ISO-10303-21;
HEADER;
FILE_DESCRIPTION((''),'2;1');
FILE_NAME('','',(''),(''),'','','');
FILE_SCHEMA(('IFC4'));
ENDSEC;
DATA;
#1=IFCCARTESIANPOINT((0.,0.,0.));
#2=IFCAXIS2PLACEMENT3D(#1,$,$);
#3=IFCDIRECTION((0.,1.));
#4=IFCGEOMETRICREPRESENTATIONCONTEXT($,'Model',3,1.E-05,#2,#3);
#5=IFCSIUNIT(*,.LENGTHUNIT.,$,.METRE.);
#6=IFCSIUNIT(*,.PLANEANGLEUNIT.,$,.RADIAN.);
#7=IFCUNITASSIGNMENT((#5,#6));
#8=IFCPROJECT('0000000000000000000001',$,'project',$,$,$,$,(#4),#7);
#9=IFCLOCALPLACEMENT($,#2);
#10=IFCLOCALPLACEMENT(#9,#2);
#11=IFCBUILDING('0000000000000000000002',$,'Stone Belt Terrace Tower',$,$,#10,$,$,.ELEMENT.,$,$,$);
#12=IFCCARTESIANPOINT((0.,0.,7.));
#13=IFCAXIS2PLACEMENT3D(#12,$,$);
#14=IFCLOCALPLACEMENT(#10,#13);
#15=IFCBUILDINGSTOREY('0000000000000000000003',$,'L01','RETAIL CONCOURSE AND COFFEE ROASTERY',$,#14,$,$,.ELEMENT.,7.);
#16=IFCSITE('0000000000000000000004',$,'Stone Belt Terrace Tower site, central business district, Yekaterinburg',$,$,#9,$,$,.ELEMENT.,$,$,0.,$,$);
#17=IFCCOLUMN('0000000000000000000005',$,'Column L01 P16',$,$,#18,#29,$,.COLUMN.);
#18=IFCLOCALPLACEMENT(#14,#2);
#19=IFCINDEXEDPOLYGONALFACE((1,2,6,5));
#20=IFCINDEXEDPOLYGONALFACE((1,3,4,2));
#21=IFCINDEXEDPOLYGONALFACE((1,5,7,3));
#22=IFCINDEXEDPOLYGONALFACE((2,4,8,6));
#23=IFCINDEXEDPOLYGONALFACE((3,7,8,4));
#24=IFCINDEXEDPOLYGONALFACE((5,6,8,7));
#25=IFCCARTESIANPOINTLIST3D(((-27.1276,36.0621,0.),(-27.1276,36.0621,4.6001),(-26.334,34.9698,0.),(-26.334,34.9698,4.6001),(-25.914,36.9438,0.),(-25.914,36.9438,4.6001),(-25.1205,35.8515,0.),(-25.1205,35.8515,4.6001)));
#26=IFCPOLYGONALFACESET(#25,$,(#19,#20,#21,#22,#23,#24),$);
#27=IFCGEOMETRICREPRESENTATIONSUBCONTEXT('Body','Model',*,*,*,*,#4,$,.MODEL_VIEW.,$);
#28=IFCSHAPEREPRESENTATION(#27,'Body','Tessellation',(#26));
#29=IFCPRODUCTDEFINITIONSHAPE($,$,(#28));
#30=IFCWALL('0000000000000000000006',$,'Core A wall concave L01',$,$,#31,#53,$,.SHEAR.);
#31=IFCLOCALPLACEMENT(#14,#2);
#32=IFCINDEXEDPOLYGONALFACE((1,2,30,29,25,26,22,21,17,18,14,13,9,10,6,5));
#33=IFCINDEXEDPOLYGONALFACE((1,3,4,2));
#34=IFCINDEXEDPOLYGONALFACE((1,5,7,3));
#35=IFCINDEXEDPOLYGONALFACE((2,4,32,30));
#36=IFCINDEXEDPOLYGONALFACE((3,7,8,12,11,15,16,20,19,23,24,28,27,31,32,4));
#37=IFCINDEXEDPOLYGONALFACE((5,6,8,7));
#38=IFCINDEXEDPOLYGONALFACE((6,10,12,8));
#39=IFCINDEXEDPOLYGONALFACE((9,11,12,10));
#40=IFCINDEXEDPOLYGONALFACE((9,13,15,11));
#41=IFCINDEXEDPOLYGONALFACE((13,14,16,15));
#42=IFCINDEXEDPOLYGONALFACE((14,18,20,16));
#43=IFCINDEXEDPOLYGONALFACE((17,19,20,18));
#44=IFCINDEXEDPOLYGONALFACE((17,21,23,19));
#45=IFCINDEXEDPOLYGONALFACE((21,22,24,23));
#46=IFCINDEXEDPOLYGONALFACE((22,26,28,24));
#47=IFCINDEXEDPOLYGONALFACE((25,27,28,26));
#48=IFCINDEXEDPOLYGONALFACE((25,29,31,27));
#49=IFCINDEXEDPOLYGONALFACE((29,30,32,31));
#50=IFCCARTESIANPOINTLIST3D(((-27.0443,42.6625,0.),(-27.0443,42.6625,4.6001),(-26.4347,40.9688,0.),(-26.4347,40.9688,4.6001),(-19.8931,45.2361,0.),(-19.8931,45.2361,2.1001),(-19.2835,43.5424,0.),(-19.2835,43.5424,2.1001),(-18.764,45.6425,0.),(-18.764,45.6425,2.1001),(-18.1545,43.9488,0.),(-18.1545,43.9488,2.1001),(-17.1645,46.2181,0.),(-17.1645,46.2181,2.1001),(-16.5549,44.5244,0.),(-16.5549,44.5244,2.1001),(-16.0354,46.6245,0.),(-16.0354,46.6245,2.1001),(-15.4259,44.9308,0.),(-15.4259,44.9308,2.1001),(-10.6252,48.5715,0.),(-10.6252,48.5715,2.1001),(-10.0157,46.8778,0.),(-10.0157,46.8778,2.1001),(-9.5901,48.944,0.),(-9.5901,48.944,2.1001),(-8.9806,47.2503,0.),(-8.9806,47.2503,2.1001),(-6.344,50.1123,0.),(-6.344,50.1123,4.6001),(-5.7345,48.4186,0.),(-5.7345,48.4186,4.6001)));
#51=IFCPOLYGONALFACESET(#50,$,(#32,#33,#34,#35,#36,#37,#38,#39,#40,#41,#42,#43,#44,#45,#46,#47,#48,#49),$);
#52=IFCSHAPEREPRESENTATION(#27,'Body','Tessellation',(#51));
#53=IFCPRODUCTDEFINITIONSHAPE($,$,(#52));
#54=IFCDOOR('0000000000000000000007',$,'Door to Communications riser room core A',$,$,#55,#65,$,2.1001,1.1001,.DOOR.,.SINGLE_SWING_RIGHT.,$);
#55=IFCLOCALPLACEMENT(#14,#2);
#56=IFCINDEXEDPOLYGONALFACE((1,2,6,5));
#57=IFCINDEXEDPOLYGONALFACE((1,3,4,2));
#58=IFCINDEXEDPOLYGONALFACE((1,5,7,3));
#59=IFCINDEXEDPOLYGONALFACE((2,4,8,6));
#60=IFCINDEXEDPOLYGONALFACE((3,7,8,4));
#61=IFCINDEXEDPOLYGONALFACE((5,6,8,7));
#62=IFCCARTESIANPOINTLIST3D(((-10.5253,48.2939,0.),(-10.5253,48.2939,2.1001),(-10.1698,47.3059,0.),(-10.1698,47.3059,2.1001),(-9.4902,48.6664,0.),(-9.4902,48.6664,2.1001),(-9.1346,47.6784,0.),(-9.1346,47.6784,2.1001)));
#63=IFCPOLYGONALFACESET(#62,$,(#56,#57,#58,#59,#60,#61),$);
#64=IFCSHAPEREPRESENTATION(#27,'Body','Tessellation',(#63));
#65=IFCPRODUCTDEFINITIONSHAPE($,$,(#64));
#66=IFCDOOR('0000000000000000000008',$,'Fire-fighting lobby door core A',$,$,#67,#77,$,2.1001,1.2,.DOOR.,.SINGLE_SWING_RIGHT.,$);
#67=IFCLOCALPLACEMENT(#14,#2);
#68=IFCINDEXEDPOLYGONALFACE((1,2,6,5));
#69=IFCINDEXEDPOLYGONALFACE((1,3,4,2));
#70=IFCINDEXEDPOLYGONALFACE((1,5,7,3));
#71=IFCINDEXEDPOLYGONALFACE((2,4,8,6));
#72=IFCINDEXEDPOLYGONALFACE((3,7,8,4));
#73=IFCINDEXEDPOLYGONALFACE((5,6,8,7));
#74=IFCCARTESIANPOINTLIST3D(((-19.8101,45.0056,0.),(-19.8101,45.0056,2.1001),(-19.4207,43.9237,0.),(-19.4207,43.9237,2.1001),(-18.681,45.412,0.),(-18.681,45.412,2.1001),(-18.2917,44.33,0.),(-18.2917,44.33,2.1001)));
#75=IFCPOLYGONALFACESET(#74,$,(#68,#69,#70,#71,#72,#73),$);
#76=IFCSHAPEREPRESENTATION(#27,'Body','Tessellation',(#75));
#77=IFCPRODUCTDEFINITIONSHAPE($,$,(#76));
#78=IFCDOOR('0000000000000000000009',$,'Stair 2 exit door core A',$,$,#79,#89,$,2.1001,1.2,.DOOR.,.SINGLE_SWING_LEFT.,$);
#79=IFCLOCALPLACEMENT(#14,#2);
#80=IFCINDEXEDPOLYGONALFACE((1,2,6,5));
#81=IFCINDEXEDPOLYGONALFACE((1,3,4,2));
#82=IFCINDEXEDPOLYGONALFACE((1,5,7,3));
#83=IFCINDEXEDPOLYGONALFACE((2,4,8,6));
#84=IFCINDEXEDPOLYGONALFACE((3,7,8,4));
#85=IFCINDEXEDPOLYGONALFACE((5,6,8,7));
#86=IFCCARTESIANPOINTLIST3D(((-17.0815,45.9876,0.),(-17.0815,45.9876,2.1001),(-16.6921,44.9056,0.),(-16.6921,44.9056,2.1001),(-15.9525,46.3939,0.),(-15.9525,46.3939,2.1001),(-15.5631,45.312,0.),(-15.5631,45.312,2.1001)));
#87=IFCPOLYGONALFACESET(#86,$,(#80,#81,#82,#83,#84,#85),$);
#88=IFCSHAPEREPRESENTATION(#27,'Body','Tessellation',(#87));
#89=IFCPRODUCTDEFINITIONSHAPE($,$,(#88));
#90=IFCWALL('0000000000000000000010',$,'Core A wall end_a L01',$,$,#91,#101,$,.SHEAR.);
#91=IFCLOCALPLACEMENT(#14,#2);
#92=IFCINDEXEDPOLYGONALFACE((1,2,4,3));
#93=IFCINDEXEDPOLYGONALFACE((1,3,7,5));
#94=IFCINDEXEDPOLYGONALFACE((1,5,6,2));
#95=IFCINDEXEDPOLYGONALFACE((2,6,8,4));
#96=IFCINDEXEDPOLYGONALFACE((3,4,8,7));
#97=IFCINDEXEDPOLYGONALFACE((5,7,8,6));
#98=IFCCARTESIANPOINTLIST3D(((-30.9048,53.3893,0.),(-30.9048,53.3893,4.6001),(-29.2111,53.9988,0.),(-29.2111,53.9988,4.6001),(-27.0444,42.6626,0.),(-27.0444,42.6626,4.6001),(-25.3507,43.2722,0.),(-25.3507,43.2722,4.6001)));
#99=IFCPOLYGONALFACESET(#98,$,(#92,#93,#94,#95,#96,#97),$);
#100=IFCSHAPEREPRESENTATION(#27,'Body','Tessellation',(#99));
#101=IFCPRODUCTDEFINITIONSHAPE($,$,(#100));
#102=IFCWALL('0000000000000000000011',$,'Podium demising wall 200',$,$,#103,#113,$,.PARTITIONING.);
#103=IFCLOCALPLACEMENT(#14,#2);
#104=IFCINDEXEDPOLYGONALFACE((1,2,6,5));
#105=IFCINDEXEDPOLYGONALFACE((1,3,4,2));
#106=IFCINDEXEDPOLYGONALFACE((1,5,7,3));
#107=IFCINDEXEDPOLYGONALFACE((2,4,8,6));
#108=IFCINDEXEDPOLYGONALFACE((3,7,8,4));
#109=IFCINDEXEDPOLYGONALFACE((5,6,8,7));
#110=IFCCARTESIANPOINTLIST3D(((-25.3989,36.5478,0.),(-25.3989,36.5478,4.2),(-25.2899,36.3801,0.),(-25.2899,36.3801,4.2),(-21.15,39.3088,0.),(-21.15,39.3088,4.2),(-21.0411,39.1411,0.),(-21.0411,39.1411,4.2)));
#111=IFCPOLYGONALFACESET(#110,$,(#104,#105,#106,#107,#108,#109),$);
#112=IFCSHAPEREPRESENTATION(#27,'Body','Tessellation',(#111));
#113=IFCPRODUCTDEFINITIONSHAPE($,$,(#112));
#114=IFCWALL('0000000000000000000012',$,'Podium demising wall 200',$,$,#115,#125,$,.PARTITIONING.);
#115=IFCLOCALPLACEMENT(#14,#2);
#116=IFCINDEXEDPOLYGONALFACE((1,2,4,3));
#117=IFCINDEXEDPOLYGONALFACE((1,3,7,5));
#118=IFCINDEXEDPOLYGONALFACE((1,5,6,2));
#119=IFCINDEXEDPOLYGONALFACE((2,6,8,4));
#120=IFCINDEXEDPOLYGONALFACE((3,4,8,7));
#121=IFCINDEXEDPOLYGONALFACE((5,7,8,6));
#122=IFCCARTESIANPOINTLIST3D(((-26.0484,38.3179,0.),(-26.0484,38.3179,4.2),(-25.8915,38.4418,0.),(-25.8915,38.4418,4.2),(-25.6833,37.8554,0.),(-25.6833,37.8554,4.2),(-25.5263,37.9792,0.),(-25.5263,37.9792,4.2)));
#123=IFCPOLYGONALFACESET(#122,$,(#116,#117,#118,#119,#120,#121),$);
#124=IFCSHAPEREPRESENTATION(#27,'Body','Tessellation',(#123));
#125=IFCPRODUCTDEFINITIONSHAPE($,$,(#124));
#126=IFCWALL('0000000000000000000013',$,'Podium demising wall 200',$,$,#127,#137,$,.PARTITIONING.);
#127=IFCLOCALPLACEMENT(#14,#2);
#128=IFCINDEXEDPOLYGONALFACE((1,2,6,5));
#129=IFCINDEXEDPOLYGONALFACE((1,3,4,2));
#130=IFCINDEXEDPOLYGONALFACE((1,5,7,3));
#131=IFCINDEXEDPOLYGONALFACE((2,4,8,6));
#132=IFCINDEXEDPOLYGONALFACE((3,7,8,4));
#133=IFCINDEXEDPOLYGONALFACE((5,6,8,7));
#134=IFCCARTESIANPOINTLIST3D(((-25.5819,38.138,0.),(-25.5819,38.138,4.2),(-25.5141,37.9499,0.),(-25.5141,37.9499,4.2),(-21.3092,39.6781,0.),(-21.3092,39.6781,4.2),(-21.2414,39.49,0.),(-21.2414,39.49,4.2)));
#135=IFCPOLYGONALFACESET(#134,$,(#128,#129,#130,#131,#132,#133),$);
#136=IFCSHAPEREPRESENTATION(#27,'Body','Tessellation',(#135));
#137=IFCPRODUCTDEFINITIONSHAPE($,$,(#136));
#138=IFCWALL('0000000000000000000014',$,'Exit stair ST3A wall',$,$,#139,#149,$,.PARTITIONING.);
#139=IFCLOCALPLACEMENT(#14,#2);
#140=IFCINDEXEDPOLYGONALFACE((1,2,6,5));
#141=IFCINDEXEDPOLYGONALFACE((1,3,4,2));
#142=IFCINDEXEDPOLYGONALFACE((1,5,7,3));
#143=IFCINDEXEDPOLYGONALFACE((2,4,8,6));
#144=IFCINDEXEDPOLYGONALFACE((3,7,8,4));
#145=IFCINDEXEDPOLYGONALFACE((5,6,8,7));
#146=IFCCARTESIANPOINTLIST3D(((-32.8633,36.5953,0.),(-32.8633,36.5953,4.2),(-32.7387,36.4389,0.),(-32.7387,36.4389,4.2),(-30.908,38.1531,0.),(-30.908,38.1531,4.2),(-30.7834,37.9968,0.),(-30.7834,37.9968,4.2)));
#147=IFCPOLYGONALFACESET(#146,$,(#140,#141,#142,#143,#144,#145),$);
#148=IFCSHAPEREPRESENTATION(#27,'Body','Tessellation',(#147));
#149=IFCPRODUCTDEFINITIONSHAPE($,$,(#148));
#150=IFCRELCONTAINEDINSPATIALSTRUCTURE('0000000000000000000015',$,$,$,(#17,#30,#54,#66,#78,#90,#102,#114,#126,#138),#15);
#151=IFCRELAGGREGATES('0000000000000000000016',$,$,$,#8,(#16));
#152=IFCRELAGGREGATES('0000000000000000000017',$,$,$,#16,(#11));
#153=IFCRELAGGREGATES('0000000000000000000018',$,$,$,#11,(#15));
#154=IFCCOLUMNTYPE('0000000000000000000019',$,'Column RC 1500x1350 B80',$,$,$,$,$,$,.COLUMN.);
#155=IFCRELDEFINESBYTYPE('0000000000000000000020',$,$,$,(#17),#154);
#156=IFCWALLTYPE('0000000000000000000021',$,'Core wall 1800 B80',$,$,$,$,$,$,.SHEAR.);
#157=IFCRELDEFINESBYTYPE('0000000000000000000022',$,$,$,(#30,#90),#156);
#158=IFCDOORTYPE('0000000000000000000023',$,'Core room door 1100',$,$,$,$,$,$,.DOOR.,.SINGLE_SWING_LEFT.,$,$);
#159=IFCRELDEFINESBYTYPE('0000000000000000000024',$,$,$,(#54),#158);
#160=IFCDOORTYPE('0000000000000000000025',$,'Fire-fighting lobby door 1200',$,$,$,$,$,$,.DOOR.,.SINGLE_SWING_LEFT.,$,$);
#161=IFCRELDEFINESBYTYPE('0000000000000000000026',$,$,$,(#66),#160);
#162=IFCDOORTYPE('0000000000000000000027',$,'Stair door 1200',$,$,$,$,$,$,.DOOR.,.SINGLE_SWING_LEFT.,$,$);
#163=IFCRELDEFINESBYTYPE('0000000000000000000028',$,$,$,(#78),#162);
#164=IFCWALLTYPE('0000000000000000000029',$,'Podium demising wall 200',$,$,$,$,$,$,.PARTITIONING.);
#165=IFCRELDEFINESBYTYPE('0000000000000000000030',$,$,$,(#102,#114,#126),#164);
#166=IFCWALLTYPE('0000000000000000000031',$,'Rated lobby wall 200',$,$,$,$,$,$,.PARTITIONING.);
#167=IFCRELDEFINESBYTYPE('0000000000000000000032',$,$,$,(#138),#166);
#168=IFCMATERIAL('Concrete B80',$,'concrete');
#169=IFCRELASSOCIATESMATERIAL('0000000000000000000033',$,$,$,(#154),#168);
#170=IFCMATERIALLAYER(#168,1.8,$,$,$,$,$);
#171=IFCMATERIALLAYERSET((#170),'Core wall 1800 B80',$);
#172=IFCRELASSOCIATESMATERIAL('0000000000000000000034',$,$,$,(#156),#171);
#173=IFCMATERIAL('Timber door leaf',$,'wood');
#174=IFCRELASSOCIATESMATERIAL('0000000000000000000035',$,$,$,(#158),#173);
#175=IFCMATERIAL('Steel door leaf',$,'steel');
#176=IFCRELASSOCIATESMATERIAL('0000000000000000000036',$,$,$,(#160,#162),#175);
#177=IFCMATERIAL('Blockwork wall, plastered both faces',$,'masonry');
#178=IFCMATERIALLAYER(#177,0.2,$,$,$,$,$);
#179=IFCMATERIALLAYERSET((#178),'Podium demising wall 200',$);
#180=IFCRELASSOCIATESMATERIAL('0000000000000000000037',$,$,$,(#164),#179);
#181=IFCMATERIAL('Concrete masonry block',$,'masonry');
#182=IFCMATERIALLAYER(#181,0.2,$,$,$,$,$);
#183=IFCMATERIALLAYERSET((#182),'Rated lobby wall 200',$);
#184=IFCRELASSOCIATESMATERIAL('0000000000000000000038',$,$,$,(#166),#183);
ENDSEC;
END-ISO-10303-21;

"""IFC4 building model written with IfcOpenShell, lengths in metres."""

from ifc_helpers import new_model, si_unit, direction, frame, frame_2d, origin, origin_2d, place, context, subcontext, project, spatial, rectangle, extrude, material, layer, layer_set, material_profile, profile_set, type_object, element, fill, save


model = new_model("IFC4")

# Units and contexts
model_context = context("Model", 3, precision=1e-05, world=origin(), true_north=direction((0.0, 1.0)))
body_context = subcontext(model_context, "Body", "Model", "MODEL_VIEW")
ifc_project = project(units=[si_unit("LENGTHUNIT", "METRE"), si_unit("PLANEANGLEUNIT", "RADIAN")], contexts=[model_context])

# Site, building, storey
site_placement = place(None, origin())
site = spatial("IfcSite", under=ifc_project, at=site_placement, Name="Stone Belt Terrace Tower site, central business district, Yekaterinburg", CompositionType="ELEMENT", RefElevation=0.0)
building_placement = place(site_placement, origin())
building = spatial("IfcBuilding", under=site, at=building_placement, Name="Stone Belt Terrace Tower", CompositionType="ELEMENT")
storey_placement = place(building_placement, frame((0.0, 0.0, 7.0)))
storey = spatial("IfcBuildingStorey", under=building, at=storey_placement, Name="L01", Description="RETAIL CONCOURSE AND COFFEE ROASTERY", CompositionType="ELEMENT", Elevation=7.0)

# Column
ifc_material_1 = material(Name="Concrete B80", Category="concrete")
ifc_material_profile = material_profile(ifc_material_1, rectangle(XDim=1.5, YDim=1.3501, at=origin_2d()), Name="RC 1500x1350")
ifc_profile_set = profile_set([ifc_material_profile], Name="Concrete B80")
column_type = type_object("IfcColumnType", Name="Column RC 1500x1350 B80", PredefinedType="COLUMN", material=ifc_profile_set)
column_placement = place(storey_placement, frame((-26.124, 35.9568, 0.0), z_axis=(0.0, 0.0, 1.0), x_axis=(0.809017, 0.587785, 0.0)))
element("IfcColumn", 1, at=column_placement, inside=storey, type_object=column_type, Name="Column L01 P16", PredefinedType="COLUMN", context=body_context, shape_type="SweptSolid", body=[
    extrude(rectangle(XDim=1.5, YDim=1.3501, at=origin_2d()), origin(), (0.0, 0.0, 1.0), 4.6001),
])

# Wall, openings, doors
ifc_layer_1 = layer(ifc_material_1, 1.8)
ifc_layer_set_1 = layer_set([ifc_layer_1], Name="Core wall 1800 B80")
wall_type_1 = type_object("IfcWallType", Name="Core wall 1800 B80", PredefinedType="SHEAR", material=ifc_layer_set_1)
wall_1_placement = place(storey_placement, frame((-26.7395, 41.8157, 0.0), z_axis=(0.0, 0.0, 1.0), x_axis=(0.940922, 0.338624, 0.0)))
wall_1 = element("IfcWall", 2, at=wall_1_placement, inside=storey, type_object=wall_type_1, Name="Core A wall concave L01", PredefinedType="SHEAR", context=body_context, shape_type="SweptSolid", body=[
    extrude(rectangle(XDim=22.0, YDim=1.8, at=frame_2d((11.0, 0.0))), origin(), (0.0, 0.0, 1.0), 4.6001),
])
opening_1_placement = place(wall_1_placement, frame((7.6001, 0.0, 0.0)))
opening_1 = element("IfcOpeningElement", 3, at=opening_1_placement, cuts=wall_1, PredefinedType="OPENING", context=body_context, shape_type="SweptSolid", body=[
    extrude(rectangle(XDim=1.2, YDim=2.1001, at=frame_2d((0.6001, 1.05))), frame((0.0, 0.9099, 0.0), z_axis=(0.0, -1.0, 0.0), x_axis=(1.0, 0.0, 0.0)), (0.0, 0.0, 1.0), 1.8201),
])
opening_2_placement = place(wall_1_placement, frame((10.5, 0.0, 0.0)))
opening_2 = element("IfcOpeningElement", 4, at=opening_2_placement, cuts=wall_1, PredefinedType="OPENING", context=body_context, shape_type="SweptSolid", body=[
    extrude(rectangle(XDim=1.2, YDim=2.1001, at=frame_2d((0.6001, 1.05))), frame((0.0, 0.9099, 0.0), z_axis=(0.0, -1.0, 0.0), x_axis=(1.0, 0.0, 0.0)), (0.0, 0.0, 1.0), 1.8201),
])
opening_3_placement = place(wall_1_placement, frame((17.45, 0.0, 0.0)))
opening_3 = element("IfcOpeningElement", 5, at=opening_3_placement, cuts=wall_1, PredefinedType="OPENING", context=body_context, shape_type="SweptSolid", body=[
    extrude(rectangle(XDim=1.1001, YDim=2.1001, at=frame_2d((0.55, 1.05))), frame((0.0, 0.9099, 0.0), z_axis=(0.0, -1.0, 0.0), x_axis=(1.0, 0.0, 0.0)), (0.0, 0.0, 1.0), 1.8201),
])
ifc_material_2 = material(Name="Timber door leaf", Category="wood")
door_type_1 = type_object("IfcDoorType", Name="Core room door 1100", OperationType="SINGLE_SWING_LEFT", PredefinedType="DOOR", material=ifc_material_2)
door_1_placement = place(opening_3_placement, origin())
door_1 = element("IfcDoor", 6, at=door_1_placement, inside=storey, type_object=door_type_1, Name="Door to Communications riser room core A", OperationType="SINGLE_SWING_RIGHT", OverallHeight=2.1001, OverallWidth=1.1001, PredefinedType="DOOR", context=body_context, shape_type="SweptSolid", body=[
    extrude(rectangle(XDim=1.1001, YDim=2.1001, at=frame_2d((0.55, 1.05))), frame((0.0, 0.605, 0.0), z_axis=(0.0, -1.0, 0.0), x_axis=(1.0, 0.0, 0.0)), (0.0, 0.0, 1.0), 1.05),
])
fill(opening_3, door_1)
ifc_material_3 = material(Name="Steel door leaf", Category="steel")
door_type_2 = type_object("IfcDoorType", Name="Fire-fighting lobby door 1200", OperationType="SINGLE_SWING_LEFT", PredefinedType="DOOR", material=ifc_material_3)
door_2_placement = place(opening_1_placement, origin())
door_2 = element("IfcDoor", 7, at=door_2_placement, inside=storey, type_object=door_type_2, Name="Fire-fighting lobby door core A", OperationType="SINGLE_SWING_RIGHT", OverallHeight=2.1001, OverallWidth=1.2, PredefinedType="DOOR", context=body_context, shape_type="SweptSolid", body=[
    extrude(rectangle(XDim=1.2, YDim=2.1001, at=frame_2d((0.6001, 1.05))), frame((0.0, 0.655, 0.0), z_axis=(0.0, -1.0, 0.0), x_axis=(1.0, 0.0, 0.0)), (0.0, 0.0, 1.0), 1.1499),
])
fill(opening_1, door_2)
door_type_3 = type_object("IfcDoorType", Name="Stair door 1200", OperationType="SINGLE_SWING_LEFT", PredefinedType="DOOR", material=ifc_material_3)
door_3_placement = place(opening_2_placement, origin())
door_3 = element("IfcDoor", 8, at=door_3_placement, inside=storey, type_object=door_type_3, Name="Stair 2 exit door core A", OperationType="SINGLE_SWING_LEFT", OverallHeight=2.1001, OverallWidth=1.2, PredefinedType="DOOR", context=body_context, shape_type="SweptSolid", body=[
    extrude(rectangle(XDim=1.2, YDim=2.1001, at=frame_2d((0.6001, 1.05))), frame((0.0, 0.655, 0.0), z_axis=(0.0, -1.0, 0.0), x_axis=(1.0, 0.0, 0.0)), (0.0, 0.0, 1.0), 1.1499),
])
fill(opening_2, door_3)

# Walls
wall_2_placement = place(storey_placement, frame((-26.1975, 42.9673, 0.0), z_axis=(0.0, 0.0, 1.0), x_axis=(-0.338625, 0.940921, 0.0)))
element("IfcWall", 9, at=wall_2_placement, inside=storey, type_object=wall_type_1, Name="Core A wall end_a L01", PredefinedType="SHEAR", context=body_context, shape_type="SweptSolid", body=[
    extrude(rectangle(XDim=11.4001, YDim=1.8, at=frame_2d((5.7002, 0.0))), origin(), (0.0, 0.0, 1.0), 4.6001),
])
ifc_material_4 = material(Name="Blockwork wall, plastered both faces", Category="masonry")
ifc_layer_2 = layer(ifc_material_4, 0.2)
ifc_layer_set_2 = layer_set([ifc_layer_2], Name="Podium demising wall 200")
wall_type_2 = type_object("IfcWallType", Name="Podium demising wall 200", PredefinedType="PARTITIONING", material=ifc_layer_set_2)
wall_3_placement = place(storey_placement, frame((-25.3445, 36.4639, 0.0), z_axis=(0.0, 0.0, 1.0), x_axis=(0.838509, 0.544888, 0.0)))
element("IfcWall", 10, at=wall_3_placement, inside=storey, type_object=wall_type_2, Name="Podium demising wall 200", PredefinedType="PARTITIONING", context=body_context, shape_type="SweptSolid", body=[
    extrude(rectangle(XDim=5.0671, YDim=0.2, at=frame_2d((2.5337, 0.0))), origin(), (0.0, 0.0, 1.0), 4.2),
])
wall_4_placement = place(storey_placement, frame((-25.97, 38.3799, 0.0), z_axis=(0.0, 0.0, 1.0), x_axis=(0.619631, -0.784893, 0.0)))
element("IfcWall", 11, at=wall_4_placement, inside=storey, type_object=wall_type_2, Name="Podium demising wall 200", PredefinedType="PARTITIONING", context=body_context, shape_type="SweptSolid", body=[
    extrude(rectangle(XDim=0.5894, YDim=0.2, at=frame_2d((0.2947, 0.0))), origin(), (0.0, 0.0, 1.0), 4.2),
])
wall_5_placement = place(storey_placement, frame((-25.5481, 38.0439, 0.0), z_axis=(0.0, 0.0, 1.0), x_axis=(0.940756, 0.339083, 0.0)))
element("IfcWall", 12, at=wall_5_placement, inside=storey, type_object=wall_type_2, Name="Podium demising wall 200", PredefinedType="PARTITIONING", context=body_context, shape_type="SweptSolid", body=[
    extrude(rectangle(XDim=4.5417, YDim=0.2, at=frame_2d((2.271, 0.0))), origin(), (0.0, 0.0, 1.0), 4.2),
])
ifc_material_5 = material(Name="Concrete masonry block", Category="masonry")
ifc_layer_3 = layer(ifc_material_5, 0.2)
ifc_layer_set_3 = layer_set([ifc_layer_3], Name="Rated lobby wall 200")
wall_type_3 = type_object("IfcWallType", Name="Rated lobby wall 200", PredefinedType="PARTITIONING", material=ifc_layer_set_3)
wall_6_placement = place(storey_placement, frame((-30.8457, 38.075, 0.0), z_axis=(0.0, 0.0, 1.0), x_axis=(-0.782115, -0.623134, 0.0)))
element("IfcWall", 13, at=wall_6_placement, inside=storey, type_object=wall_type_3, Name="Exit stair ST3A wall", PredefinedType="PARTITIONING", context=body_context, shape_type="SweptSolid", body=[
    extrude(rectangle(XDim=2.5, YDim=0.2, at=frame_2d((1.25, 0.0))), origin(), (0.0, 0.0, 1.0), 4.2),
])

save(model, "model.ifc")
